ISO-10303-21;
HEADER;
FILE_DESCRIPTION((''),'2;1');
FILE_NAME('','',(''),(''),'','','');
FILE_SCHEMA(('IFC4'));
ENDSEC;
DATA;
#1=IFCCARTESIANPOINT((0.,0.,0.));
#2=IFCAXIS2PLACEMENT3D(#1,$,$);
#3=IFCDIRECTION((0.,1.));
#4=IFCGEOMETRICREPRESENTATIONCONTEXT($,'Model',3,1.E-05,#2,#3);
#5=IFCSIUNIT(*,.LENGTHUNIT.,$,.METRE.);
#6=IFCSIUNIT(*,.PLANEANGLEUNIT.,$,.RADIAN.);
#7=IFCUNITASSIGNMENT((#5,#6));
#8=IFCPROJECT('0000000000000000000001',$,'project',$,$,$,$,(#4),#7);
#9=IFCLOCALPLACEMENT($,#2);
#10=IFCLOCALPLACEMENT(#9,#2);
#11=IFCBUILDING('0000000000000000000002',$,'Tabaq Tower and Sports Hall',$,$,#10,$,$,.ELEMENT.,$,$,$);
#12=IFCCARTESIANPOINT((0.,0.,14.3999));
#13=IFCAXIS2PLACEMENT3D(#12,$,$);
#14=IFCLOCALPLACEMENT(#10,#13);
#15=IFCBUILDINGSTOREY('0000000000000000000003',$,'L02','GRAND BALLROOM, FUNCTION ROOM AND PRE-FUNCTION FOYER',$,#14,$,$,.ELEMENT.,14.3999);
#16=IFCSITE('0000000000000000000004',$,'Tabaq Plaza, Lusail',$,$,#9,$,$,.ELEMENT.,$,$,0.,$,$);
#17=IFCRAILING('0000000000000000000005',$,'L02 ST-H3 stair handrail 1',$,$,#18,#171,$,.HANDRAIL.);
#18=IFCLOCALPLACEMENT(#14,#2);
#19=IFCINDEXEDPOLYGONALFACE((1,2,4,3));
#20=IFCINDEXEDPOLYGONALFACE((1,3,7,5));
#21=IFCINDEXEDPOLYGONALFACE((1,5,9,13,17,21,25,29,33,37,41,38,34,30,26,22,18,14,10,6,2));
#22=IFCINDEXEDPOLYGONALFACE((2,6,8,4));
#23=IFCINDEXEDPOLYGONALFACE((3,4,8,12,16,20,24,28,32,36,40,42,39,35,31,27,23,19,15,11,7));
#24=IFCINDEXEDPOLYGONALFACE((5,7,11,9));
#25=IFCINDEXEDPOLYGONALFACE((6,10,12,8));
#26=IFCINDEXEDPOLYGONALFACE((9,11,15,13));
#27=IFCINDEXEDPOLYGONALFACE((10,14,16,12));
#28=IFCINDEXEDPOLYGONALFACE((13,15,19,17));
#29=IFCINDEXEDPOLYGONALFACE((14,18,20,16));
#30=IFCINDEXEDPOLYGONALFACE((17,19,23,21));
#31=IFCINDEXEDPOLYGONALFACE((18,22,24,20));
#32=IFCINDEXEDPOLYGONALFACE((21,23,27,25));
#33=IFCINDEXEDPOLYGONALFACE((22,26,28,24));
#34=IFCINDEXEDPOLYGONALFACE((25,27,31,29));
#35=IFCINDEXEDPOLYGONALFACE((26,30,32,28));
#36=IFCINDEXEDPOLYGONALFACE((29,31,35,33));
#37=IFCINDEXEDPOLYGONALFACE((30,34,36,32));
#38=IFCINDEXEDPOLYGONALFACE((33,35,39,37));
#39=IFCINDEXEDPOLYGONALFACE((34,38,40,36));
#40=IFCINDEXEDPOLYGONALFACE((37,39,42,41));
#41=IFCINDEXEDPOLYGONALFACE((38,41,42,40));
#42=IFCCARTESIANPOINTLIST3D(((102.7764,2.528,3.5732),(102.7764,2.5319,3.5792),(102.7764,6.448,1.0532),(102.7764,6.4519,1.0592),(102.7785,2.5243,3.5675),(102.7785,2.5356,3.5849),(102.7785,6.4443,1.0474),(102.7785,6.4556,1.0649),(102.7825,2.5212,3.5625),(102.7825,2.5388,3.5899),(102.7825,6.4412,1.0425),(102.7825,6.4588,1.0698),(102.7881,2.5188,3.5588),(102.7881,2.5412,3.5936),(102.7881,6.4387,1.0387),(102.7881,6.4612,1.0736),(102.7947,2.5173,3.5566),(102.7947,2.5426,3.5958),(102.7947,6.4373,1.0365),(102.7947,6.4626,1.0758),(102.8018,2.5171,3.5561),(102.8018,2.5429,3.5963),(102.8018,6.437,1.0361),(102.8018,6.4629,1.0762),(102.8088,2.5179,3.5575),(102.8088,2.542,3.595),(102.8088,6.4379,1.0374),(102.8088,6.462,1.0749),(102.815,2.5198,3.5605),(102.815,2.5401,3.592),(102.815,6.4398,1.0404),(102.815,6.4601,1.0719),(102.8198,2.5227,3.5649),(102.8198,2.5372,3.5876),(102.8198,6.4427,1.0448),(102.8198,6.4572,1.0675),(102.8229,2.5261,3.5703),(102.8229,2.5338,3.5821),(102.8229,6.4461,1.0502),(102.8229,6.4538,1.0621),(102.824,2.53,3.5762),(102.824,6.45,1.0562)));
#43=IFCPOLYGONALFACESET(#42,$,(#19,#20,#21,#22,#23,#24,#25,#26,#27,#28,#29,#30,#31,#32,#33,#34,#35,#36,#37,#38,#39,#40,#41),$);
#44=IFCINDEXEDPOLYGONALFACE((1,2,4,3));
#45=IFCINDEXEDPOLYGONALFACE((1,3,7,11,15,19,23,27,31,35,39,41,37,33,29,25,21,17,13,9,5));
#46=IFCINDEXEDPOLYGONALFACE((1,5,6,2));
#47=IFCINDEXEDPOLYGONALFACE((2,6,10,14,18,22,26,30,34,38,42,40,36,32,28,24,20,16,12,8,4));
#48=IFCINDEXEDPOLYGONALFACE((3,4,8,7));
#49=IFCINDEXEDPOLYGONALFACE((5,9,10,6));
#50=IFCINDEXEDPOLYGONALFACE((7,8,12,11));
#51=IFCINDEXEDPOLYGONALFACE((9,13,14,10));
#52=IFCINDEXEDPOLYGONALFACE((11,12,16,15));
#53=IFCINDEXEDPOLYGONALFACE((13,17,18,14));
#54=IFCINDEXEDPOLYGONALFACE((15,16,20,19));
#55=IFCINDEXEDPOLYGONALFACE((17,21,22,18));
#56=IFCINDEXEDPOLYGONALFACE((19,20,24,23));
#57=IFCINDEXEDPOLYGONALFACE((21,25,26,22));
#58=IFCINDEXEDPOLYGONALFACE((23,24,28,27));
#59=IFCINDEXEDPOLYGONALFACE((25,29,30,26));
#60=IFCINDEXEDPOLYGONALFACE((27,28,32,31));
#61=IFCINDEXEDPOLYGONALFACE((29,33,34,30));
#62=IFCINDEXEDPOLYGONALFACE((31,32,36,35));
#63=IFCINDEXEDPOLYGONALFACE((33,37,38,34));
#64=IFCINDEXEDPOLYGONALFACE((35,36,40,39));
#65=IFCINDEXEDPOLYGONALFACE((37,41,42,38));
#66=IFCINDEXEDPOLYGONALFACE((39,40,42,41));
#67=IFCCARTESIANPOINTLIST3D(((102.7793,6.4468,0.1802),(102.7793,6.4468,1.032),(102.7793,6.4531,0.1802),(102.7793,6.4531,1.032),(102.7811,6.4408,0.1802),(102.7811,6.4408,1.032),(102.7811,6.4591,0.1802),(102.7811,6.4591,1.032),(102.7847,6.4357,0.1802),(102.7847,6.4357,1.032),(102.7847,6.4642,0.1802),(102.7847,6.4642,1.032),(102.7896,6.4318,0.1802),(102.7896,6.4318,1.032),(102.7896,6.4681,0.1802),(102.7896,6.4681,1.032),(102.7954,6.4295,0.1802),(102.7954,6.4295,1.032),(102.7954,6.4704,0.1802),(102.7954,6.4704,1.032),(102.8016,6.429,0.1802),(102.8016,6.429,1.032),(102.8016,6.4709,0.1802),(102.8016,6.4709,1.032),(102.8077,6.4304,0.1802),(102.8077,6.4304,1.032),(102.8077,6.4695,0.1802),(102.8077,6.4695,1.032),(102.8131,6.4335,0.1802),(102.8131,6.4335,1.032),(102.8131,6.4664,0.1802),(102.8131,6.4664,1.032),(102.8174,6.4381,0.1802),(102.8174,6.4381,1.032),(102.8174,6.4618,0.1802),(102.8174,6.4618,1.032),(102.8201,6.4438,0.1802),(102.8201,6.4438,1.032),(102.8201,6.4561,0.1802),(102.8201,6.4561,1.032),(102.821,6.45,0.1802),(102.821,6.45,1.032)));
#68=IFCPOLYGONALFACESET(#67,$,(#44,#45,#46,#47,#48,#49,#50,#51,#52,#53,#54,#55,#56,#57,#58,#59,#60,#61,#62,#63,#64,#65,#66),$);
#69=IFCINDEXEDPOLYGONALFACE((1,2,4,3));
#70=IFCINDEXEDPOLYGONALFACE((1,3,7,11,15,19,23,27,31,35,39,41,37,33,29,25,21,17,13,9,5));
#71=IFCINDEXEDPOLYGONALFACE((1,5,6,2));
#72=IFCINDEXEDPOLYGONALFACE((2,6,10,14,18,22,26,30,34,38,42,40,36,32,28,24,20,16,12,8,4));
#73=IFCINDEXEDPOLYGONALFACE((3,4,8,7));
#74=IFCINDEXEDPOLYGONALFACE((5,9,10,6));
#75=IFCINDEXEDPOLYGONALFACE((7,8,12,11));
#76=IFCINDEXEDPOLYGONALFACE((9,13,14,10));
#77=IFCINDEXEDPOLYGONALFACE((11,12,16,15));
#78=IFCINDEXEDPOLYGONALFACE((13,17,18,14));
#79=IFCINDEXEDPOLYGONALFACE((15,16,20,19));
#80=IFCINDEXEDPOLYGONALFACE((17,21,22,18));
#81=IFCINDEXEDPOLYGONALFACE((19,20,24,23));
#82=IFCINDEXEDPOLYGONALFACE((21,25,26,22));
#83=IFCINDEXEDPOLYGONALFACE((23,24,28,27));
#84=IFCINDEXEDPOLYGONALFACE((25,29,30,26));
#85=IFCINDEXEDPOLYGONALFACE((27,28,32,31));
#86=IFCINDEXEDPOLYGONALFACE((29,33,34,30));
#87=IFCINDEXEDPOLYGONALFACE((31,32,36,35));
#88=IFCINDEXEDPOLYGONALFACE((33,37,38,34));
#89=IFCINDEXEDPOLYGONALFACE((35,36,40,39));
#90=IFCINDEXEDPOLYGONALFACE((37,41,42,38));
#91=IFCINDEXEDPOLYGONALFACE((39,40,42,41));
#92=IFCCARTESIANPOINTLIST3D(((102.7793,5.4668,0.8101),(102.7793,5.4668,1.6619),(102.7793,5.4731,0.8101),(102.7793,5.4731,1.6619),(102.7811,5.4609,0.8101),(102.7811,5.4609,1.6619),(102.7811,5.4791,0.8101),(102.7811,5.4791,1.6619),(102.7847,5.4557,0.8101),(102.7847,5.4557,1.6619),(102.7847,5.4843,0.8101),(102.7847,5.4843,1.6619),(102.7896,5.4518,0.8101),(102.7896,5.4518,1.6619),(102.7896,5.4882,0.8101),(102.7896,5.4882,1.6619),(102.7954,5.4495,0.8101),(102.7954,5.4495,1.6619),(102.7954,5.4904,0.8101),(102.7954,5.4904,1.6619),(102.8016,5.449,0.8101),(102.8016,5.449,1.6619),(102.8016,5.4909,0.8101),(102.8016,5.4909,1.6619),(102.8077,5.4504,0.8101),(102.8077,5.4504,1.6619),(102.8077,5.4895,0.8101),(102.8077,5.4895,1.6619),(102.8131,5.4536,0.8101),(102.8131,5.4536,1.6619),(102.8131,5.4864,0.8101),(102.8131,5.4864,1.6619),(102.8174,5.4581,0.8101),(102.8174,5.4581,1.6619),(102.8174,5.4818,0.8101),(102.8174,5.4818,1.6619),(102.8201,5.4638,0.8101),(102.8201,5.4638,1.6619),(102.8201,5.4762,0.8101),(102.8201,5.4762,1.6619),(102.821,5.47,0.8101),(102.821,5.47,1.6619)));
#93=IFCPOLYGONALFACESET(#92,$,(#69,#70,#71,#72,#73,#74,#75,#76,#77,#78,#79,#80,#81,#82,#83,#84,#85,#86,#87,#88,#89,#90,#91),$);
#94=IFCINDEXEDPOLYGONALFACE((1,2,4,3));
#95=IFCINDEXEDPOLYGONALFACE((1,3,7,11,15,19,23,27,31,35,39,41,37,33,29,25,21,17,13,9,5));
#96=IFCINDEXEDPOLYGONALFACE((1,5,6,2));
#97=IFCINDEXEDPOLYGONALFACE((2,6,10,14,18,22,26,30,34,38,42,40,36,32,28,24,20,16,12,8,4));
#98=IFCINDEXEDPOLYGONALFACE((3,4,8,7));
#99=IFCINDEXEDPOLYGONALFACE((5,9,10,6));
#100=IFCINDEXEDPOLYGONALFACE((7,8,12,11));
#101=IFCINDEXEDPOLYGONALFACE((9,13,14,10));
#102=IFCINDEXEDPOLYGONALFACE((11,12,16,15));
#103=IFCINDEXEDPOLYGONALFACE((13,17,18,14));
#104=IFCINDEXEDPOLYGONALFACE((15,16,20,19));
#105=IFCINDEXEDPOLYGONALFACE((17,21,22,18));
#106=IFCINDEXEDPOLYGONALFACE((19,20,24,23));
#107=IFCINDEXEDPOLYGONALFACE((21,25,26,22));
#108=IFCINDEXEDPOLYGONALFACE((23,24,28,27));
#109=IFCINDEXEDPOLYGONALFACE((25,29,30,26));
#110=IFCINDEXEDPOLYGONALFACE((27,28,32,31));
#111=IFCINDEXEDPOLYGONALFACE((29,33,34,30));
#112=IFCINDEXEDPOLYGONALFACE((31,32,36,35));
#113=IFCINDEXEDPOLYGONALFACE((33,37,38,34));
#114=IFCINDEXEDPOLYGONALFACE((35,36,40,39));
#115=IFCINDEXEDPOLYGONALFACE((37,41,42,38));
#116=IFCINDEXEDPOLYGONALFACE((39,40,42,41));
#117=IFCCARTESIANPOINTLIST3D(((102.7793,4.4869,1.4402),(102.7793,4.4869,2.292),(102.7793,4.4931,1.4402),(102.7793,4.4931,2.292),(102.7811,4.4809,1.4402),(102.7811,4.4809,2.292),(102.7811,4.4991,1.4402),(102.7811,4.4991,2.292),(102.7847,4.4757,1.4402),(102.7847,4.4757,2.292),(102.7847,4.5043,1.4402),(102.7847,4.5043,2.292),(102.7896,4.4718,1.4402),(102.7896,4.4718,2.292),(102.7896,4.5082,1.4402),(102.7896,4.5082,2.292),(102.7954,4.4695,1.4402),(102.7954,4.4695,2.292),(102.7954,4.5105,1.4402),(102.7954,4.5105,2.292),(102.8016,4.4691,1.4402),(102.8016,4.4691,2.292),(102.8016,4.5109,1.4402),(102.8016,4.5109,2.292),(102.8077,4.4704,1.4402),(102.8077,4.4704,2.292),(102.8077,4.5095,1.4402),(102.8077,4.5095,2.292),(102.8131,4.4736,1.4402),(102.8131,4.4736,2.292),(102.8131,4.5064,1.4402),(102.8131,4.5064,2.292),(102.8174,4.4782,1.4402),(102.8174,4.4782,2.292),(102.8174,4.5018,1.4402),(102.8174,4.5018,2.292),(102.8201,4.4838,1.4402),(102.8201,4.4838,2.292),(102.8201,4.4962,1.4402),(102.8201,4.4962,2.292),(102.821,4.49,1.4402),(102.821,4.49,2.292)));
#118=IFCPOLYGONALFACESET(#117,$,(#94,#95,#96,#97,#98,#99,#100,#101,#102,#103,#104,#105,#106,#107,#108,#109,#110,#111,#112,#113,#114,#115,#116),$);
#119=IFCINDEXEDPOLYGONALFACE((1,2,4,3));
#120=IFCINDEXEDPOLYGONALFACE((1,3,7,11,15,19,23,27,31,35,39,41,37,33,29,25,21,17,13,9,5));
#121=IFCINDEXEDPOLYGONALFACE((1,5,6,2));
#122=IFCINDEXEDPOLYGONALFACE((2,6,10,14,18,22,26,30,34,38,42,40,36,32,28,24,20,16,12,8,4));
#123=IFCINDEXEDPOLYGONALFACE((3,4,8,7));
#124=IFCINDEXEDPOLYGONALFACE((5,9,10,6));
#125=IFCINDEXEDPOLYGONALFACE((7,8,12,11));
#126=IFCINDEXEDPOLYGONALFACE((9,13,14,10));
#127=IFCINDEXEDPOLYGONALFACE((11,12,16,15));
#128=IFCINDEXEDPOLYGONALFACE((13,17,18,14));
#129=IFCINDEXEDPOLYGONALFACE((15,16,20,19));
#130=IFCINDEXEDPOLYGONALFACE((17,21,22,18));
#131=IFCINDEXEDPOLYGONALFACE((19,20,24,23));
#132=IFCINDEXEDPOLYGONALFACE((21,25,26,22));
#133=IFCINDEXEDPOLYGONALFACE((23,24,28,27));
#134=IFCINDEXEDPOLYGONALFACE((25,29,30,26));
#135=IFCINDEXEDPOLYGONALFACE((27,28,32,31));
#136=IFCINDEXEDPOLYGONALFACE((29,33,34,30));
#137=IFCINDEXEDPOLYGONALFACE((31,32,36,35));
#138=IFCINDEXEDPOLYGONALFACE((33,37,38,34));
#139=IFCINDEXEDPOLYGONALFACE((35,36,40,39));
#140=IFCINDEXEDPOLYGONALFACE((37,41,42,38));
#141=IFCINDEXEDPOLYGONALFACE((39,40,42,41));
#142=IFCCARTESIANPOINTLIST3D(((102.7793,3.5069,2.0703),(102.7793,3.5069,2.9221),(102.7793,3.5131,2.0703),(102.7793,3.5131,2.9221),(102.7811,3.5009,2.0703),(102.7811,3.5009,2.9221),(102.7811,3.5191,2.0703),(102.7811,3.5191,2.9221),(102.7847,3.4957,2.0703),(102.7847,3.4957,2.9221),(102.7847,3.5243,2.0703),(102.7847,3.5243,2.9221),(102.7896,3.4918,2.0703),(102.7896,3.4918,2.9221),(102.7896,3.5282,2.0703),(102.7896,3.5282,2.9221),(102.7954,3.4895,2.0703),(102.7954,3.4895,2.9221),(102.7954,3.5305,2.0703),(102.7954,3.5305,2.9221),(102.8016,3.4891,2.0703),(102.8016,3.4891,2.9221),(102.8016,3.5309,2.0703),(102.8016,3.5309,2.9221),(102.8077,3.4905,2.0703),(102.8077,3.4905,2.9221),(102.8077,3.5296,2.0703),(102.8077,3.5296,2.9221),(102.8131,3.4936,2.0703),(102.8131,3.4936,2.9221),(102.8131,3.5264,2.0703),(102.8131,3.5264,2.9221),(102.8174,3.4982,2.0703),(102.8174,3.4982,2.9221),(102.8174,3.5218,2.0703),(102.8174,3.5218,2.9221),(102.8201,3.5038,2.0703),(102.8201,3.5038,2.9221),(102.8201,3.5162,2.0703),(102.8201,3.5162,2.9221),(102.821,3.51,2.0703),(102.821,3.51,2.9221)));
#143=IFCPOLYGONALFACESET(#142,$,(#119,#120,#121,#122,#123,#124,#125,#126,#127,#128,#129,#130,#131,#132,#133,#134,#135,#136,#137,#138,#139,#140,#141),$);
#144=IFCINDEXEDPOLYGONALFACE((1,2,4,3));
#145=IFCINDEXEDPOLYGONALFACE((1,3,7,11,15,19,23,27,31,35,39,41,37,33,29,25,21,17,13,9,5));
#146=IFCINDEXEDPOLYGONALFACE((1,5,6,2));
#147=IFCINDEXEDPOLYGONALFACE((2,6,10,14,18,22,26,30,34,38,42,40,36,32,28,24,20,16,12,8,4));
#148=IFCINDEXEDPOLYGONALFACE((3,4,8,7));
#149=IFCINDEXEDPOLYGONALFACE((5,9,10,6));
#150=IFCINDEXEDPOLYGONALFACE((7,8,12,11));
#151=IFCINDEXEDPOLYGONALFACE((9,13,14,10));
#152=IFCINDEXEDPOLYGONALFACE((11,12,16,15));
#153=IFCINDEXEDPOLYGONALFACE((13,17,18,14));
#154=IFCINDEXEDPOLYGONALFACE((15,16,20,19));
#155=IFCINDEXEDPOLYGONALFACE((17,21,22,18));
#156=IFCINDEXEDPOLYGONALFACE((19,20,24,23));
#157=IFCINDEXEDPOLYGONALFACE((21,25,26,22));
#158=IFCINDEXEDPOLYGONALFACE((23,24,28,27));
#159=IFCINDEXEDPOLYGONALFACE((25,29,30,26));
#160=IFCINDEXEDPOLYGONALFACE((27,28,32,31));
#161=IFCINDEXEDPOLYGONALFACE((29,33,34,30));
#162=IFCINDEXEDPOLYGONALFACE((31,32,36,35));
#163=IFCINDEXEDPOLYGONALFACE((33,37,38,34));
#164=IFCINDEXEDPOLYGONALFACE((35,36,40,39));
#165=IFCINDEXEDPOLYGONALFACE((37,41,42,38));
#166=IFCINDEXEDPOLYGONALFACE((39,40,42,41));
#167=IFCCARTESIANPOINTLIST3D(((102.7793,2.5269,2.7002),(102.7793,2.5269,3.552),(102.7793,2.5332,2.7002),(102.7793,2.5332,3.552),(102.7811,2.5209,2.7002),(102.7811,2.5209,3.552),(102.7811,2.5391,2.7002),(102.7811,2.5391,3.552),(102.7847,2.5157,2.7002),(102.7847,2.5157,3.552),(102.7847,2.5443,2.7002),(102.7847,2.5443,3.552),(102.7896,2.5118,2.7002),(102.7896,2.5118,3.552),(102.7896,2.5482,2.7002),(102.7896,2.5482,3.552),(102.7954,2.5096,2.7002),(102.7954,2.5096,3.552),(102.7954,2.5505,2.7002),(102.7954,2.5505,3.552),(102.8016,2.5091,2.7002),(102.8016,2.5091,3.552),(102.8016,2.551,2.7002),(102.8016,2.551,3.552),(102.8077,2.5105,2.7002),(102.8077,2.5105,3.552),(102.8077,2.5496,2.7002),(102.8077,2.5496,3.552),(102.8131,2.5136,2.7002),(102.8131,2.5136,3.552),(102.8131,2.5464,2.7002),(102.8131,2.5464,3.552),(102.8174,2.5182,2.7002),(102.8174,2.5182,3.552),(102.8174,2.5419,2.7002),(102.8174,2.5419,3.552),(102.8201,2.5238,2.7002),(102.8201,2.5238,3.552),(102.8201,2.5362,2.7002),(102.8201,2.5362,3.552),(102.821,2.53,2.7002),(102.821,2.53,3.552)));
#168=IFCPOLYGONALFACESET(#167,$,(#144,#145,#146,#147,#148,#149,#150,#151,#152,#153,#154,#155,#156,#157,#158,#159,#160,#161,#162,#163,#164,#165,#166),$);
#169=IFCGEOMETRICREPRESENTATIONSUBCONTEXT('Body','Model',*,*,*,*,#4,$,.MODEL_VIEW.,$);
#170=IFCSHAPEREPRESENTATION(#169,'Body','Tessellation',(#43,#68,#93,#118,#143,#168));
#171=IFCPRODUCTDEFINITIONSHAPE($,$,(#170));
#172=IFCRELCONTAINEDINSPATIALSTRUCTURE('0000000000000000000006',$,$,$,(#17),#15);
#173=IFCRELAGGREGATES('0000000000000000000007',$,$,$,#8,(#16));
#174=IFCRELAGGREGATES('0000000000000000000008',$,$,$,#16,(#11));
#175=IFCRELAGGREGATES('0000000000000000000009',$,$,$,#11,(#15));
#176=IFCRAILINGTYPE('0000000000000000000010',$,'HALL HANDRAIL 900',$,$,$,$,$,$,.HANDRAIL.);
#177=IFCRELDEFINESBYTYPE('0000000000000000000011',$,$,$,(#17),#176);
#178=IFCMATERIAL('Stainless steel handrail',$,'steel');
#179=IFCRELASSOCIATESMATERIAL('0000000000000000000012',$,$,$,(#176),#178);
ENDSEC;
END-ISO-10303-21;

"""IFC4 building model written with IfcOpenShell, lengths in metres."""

from ifc_helpers import new_model, si_unit, direction, frame, origin, origin_2d, place, context, subcontext, project, spatial, circle, extrude, material, type_object, element, save


model = new_model("IFC4")

# Units and contexts
model_context = context("Model", 3, precision=1e-05, world=origin(), true_north=direction((0.0, 1.0)))
body_context = subcontext(model_context, "Body", "Model", "MODEL_VIEW")
ifc_project = project(units=[si_unit("LENGTHUNIT", "METRE"), si_unit("PLANEANGLEUNIT", "RADIAN")], contexts=[model_context])

# Site, building, storey
site_placement = place(None, origin())
site = spatial("IfcSite", under=ifc_project, at=site_placement, Name="Tabaq Plaza, Lusail", CompositionType="ELEMENT", RefElevation=0.0)
building_placement = place(site_placement, origin())
building = spatial("IfcBuilding", under=site, at=building_placement, Name="Tabaq Tower and Sports Hall", CompositionType="ELEMENT")
storey_placement = place(building_placement, frame((0.0, 0.0, 14.3999)))
storey = spatial("IfcBuildingStorey", under=building, at=storey_placement, Name="L02", Description="GRAND BALLROOM, FUNCTION ROOM AND PRE-FUNCTION FOYER", CompositionType="ELEMENT", Elevation=14.3999)

# Railing
ifc_material_1 = material(Name="Stainless steel handrail", Category="steel")
railing_type_1 = type_object("IfcRailingType", Name="HALL HANDRAIL 900", PredefinedType="HANDRAIL", material=ifc_material_1)
railing_1_placement = place(storey_placement, frame((102.8, 6.45, 0.1802)))
element("IfcRailing", 1, at=railing_1_placement, inside=storey, type_object=railing_type_1, Name="L02 ST-H3 stair handrail 1", PredefinedType="HANDRAIL", context=body_context, shape_type="SweptSolid", body=[
    extrude(circle(Radius=0.0239, at=origin_2d()), frame((0.0, 0.0, 0.876), z_axis=(0.0, -0.841172, 0.540768), x_axis=(1.0, 0.0, 0.0)), (0.0, 0.0, 1.0), 4.6602),
    extrude(circle(Radius=0.021, at=origin_2d()), origin(), (0.0, 0.0, 1.0), 0.8518),
    extrude(circle(Radius=0.021, at=origin_2d()), frame((0.0, -0.98, 0.6299)), (0.0, 0.0, 1.0), 0.8518),
    extrude(circle(Radius=0.021, at=origin_2d()), frame((0.0, -1.96, 1.26)), (0.0, 0.0, 1.0), 0.8518),
    extrude(circle(Radius=0.021, at=origin_2d()), frame((0.0, -2.9399, 1.8901)), (0.0, 0.0, 1.0), 0.8518),
    extrude(circle(Radius=0.021, at=origin_2d()), frame((0.0, -3.9199, 2.52)), (0.0, 0.0, 1.0), 0.8518),
])

save(model, "model.ifc")
